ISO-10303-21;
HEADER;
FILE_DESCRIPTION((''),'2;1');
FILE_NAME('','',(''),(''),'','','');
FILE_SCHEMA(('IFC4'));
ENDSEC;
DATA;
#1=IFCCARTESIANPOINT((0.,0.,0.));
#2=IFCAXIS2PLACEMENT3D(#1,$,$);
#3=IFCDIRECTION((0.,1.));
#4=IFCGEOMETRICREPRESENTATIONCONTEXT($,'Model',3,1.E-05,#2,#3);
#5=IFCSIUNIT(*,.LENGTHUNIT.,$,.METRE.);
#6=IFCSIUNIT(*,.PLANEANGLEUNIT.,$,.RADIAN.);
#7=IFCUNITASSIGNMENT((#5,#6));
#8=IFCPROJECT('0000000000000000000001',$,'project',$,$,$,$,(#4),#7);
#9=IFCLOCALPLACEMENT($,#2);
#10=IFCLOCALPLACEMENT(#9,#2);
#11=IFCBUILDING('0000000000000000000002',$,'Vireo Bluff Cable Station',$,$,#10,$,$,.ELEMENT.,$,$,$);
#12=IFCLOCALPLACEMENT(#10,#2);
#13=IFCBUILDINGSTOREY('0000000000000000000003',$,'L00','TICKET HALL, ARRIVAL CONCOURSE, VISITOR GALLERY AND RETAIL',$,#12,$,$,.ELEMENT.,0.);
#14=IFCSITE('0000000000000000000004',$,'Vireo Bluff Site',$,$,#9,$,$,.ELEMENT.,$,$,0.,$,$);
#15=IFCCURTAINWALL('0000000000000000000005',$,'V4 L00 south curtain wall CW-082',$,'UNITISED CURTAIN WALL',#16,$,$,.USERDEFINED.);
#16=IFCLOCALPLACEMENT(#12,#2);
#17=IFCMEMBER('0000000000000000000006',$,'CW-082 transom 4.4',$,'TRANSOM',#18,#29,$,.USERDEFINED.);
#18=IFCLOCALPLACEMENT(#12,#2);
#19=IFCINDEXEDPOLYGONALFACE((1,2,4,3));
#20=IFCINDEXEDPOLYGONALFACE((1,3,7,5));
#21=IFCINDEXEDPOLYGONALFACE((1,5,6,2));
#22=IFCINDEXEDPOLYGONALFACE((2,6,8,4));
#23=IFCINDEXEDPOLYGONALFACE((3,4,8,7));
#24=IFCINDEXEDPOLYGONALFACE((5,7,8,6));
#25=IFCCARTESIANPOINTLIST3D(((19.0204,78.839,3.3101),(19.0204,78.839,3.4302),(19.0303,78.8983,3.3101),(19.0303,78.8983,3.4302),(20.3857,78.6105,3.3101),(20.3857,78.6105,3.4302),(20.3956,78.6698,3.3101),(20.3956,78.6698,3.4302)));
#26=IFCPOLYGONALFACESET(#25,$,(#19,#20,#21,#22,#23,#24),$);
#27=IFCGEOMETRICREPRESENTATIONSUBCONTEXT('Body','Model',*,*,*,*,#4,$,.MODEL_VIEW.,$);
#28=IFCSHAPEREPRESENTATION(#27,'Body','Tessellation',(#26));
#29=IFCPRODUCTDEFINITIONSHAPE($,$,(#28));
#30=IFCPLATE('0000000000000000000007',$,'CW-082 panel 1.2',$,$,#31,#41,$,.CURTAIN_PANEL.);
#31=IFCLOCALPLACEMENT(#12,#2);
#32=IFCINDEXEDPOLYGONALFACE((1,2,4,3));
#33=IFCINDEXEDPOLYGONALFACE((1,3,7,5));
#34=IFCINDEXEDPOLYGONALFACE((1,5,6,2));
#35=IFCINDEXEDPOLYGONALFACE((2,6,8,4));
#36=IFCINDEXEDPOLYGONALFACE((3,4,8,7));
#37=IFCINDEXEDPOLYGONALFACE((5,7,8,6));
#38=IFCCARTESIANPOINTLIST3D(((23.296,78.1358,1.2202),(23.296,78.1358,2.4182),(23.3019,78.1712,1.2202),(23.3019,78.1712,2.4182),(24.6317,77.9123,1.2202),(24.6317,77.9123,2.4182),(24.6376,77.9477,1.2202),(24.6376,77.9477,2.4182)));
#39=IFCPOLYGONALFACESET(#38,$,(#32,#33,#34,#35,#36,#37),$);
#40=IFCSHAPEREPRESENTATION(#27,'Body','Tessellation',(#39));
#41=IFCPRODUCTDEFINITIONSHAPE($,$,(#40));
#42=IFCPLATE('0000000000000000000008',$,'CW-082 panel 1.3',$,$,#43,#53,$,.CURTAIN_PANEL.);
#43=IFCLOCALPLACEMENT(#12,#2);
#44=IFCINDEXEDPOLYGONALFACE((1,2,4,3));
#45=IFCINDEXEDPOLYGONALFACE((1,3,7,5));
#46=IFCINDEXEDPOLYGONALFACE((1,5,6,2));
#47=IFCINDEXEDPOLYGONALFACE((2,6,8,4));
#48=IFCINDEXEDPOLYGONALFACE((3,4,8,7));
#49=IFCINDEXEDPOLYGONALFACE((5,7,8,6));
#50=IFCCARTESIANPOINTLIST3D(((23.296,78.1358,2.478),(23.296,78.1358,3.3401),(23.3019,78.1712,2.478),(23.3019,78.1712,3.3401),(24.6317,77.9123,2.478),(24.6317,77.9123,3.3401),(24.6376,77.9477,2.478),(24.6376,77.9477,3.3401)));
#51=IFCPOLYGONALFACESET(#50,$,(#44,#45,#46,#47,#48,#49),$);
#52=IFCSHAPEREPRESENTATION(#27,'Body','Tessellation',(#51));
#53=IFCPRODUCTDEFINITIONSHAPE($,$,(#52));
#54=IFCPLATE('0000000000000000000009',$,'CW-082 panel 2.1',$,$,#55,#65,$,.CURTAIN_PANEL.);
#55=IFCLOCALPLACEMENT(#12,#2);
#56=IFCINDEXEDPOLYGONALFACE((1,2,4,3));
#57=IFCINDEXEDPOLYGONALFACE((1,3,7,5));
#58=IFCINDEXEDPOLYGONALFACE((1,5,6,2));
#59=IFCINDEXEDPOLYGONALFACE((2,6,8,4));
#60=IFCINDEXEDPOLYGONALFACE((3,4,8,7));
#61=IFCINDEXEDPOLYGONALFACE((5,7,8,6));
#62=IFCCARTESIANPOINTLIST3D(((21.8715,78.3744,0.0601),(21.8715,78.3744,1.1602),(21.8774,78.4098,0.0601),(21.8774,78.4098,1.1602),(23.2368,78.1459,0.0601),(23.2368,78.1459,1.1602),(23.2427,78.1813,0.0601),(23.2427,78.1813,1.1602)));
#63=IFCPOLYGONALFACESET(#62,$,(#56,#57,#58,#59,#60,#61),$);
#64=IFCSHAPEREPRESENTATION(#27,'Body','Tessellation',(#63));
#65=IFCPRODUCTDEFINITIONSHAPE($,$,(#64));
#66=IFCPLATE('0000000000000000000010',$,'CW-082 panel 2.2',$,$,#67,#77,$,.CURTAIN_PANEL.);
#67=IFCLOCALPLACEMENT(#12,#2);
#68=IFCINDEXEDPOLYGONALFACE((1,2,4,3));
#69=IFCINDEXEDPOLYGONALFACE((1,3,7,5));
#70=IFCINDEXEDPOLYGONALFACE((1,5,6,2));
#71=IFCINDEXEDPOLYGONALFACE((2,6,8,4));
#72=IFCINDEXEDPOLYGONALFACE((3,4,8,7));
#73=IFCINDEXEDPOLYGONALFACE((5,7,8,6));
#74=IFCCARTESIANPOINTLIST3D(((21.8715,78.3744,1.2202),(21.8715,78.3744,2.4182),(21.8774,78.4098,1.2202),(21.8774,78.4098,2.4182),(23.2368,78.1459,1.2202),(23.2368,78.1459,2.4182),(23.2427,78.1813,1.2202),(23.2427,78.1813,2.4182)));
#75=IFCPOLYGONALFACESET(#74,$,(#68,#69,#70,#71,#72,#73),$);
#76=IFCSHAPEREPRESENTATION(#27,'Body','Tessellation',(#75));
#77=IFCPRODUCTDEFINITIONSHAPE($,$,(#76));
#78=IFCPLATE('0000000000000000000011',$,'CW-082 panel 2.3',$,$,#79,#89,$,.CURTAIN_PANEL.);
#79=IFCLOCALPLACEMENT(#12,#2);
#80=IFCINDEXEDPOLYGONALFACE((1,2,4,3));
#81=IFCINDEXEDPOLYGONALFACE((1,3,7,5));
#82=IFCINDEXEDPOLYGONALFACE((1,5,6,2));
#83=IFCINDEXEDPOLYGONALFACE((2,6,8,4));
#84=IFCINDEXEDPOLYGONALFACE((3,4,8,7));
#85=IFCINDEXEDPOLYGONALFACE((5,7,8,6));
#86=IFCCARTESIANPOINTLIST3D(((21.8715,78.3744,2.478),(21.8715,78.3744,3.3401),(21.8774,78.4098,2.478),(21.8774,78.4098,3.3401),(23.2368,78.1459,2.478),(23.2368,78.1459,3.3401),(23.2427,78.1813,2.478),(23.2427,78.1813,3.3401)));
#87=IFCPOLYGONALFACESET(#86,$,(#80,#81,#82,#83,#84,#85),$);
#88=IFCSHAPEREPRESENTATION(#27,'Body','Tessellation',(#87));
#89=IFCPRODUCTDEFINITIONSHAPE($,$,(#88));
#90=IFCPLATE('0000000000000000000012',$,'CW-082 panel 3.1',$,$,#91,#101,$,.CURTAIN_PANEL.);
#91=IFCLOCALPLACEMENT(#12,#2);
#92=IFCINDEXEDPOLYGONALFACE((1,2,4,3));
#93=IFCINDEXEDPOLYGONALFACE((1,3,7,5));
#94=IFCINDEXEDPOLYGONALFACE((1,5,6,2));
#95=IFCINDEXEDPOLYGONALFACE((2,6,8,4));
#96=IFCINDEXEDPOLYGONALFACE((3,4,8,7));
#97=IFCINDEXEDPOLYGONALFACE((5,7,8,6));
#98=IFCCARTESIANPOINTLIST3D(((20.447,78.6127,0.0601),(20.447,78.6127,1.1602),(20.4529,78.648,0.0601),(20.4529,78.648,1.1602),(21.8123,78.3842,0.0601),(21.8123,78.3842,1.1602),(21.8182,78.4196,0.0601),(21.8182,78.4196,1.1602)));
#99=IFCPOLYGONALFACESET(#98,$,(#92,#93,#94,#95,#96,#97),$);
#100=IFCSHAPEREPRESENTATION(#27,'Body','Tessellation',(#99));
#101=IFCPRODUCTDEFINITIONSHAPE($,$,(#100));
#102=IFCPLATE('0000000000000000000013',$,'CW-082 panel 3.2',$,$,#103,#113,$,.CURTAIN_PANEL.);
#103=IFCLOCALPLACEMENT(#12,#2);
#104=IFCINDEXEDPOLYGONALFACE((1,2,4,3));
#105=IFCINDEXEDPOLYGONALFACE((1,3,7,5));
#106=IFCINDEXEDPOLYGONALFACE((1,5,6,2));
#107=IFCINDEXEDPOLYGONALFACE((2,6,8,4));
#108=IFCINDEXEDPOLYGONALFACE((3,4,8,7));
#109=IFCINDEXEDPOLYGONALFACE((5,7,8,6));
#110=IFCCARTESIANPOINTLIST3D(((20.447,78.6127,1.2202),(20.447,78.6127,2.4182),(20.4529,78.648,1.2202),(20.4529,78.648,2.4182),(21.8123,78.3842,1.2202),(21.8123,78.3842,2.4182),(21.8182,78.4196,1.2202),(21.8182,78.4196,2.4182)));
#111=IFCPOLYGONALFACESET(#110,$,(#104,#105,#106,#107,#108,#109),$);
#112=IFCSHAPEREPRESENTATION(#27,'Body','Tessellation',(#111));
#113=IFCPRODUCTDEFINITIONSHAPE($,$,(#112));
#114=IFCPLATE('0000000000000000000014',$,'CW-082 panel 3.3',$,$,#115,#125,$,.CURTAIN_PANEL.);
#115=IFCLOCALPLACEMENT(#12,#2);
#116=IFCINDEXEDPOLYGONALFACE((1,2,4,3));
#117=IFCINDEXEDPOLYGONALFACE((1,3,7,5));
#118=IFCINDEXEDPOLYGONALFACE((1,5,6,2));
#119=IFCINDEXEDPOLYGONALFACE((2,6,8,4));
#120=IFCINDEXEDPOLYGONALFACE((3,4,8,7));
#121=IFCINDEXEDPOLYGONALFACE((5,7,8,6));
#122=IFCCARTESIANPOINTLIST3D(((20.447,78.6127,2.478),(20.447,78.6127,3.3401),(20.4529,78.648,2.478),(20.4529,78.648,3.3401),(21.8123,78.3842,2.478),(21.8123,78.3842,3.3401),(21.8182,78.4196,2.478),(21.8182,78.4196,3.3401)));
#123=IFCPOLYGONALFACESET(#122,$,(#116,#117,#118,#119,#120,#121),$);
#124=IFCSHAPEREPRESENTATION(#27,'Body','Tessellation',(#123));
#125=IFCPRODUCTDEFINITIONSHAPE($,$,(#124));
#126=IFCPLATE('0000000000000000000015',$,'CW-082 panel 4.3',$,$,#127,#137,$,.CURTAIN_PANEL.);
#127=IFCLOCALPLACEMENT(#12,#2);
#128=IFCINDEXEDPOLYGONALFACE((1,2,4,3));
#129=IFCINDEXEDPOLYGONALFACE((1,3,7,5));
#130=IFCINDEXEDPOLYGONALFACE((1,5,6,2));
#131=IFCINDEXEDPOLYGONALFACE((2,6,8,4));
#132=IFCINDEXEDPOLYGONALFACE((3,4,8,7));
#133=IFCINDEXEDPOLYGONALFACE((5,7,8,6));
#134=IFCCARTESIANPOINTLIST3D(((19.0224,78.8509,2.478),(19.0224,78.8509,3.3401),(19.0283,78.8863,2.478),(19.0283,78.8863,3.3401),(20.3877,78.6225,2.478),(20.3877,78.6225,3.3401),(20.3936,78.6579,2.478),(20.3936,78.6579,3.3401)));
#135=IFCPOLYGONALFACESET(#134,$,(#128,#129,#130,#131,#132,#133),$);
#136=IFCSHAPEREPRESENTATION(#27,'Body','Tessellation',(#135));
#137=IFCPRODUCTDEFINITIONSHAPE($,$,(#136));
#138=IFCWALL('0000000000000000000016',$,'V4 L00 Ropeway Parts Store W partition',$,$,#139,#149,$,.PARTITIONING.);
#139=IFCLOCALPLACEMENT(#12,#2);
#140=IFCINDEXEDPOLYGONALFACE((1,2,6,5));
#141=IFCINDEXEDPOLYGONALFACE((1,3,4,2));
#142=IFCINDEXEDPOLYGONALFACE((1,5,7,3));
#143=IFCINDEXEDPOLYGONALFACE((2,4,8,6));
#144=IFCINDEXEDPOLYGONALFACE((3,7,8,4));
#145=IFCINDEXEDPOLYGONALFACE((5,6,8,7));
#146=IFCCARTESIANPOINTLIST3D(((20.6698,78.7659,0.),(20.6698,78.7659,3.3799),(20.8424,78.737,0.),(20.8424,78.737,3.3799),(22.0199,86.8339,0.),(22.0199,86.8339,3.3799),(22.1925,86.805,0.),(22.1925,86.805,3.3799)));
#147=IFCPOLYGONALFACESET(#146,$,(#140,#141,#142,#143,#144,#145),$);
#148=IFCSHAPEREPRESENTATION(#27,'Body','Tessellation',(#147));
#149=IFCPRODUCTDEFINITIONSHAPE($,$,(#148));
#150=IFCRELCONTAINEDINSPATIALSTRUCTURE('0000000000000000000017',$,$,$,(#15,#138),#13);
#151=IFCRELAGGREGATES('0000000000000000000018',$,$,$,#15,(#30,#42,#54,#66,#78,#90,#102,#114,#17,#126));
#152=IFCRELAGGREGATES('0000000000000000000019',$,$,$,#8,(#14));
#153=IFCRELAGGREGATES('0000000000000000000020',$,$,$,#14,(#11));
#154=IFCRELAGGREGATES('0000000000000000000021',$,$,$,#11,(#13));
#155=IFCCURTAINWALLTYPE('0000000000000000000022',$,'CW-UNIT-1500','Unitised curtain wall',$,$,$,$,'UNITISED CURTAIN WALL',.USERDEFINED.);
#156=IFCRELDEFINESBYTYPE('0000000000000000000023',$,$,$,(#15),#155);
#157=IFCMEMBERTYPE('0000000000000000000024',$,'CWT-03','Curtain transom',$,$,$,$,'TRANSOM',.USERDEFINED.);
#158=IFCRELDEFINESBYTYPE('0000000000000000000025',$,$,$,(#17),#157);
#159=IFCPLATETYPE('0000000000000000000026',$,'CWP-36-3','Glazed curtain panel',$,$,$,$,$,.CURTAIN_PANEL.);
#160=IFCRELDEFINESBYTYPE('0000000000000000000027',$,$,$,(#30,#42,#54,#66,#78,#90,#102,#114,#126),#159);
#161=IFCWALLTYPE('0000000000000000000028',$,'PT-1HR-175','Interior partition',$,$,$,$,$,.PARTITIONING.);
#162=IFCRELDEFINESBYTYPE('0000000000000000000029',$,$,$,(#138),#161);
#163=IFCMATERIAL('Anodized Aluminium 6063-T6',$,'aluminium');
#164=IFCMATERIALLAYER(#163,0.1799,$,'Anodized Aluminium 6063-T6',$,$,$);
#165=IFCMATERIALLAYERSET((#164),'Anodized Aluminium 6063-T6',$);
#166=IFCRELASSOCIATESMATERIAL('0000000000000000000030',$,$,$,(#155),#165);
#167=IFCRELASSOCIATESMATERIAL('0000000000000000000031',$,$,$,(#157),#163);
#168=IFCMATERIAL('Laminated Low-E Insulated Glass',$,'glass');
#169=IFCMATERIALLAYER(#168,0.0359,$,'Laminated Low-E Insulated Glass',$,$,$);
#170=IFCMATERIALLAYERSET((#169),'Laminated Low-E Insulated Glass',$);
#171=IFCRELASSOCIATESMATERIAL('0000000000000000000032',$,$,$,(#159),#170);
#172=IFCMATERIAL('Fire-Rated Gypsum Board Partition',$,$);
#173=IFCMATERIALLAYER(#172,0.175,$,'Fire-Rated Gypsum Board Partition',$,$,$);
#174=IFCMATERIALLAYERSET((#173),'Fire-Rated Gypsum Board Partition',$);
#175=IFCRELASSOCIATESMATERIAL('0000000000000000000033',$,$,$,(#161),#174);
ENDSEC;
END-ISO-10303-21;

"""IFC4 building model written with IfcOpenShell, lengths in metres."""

from ifc_helpers import new_model, si_unit, direction, frame, frame_2d, origin, origin_2d, place, context, subcontext, project, spatial, rectangle, extrude, material, layer, layer_set, material_profile, profile_set, type_object, element, aggregate, save


model = new_model("IFC4")

# Units and contexts
model_context = context("Model", 3, precision=1e-05, world=origin(), true_north=direction((0.0, 1.0)))
body_context = subcontext(model_context, "Body", "Model", "MODEL_VIEW")
ifc_project = project(units=[si_unit("LENGTHUNIT", "METRE"), si_unit("PLANEANGLEUNIT", "RADIAN")], contexts=[model_context])

# Site, building, storey
site_placement = place(None, origin())
site = spatial("IfcSite", under=ifc_project, at=site_placement, Name="Vireo Bluff Site", CompositionType="ELEMENT", RefElevation=0.0)
building_placement = place(site_placement, origin())
building = spatial("IfcBuilding", under=site, at=building_placement, Name="Vireo Bluff Cable Station", CompositionType="ELEMENT")
storey_placement = place(building_placement, origin())
storey = spatial("IfcBuildingStorey", under=building, at=storey_placement, Name="L00", Description="TICKET HALL, ARRIVAL CONCOURSE, VISITOR GALLERY AND RETAIL", CompositionType="ELEMENT", Elevation=0.0)

# Curtain wall, member, plates
ifc_material_1 = material(Name="Anodized Aluminium 6063-T6", Category="aluminium")
ifc_layer_1 = layer(ifc_material_1, 0.1799, Name="Anodized Aluminium 6063-T6")
ifc_layer_set_1 = layer_set([ifc_layer_1], Name="Anodized Aluminium 6063-T6")
curtain_wall_type = type_object("IfcCurtainWallType", Name="CW-UNIT-1500", Description="Unitised curtain wall", ElementType="UNITISED CURTAIN WALL", PredefinedType="USERDEFINED", material=ifc_layer_set_1)
curtain_wall_placement = place(storey_placement, origin())
curtain_wall = element("IfcCurtainWall", 1, at=curtain_wall_placement, inside=storey, type_object=curtain_wall_type, Name="V4 L00 south curtain wall CW-082", ObjectType="UNITISED CURTAIN WALL", PredefinedType="USERDEFINED")
ifc_material_profile_1 = material_profile(ifc_material_1, rectangle(XDim=0.0601, YDim=0.1201, at=origin_2d()), Name="ALU-T-60X120")
ifc_profile_set_1 = profile_set([ifc_material_profile_1], Name="Anodized Aluminium 6063-T6")
member_type_1 = type_object("IfcMemberType", Name="CWT-03", Description="Curtain transom", ElementType="TRANSOM", PredefinedType="USERDEFINED", material=ifc_profile_set_1)
member_1_placement = place(storey_placement, frame((20.3906, 78.6401, 3.3701), z_axis=(-0.986279, 0.165085, 0.0), x_axis=(-0.165085, -0.986279, 0.0)))
member_1 = element("IfcMember", 2, at=member_1_placement, type_object=member_type_1, Name="CW-082 transom 4.4", ObjectType="TRANSOM", PredefinedType="USERDEFINED", context=body_context, shape_type="SweptSolid", body=[
    extrude(rectangle(XDim=0.0601, YDim=0.1201, at=origin_2d()), origin(), (0.0, 0.0, 1.0), 1.3843),
])
ifc_material_2 = material(Name="Laminated Low-E Insulated Glass", Category="glass")
ifc_layer_2 = layer(ifc_material_2, 0.0359, Name="Laminated Low-E Insulated Glass")
ifc_layer_set_2 = layer_set([ifc_layer_2], Name="Laminated Low-E Insulated Glass")
plate_type = type_object("IfcPlateType", Name="CWP-36-3", Description="Glazed curtain panel", PredefinedType="CURTAIN_PANEL", material=ifc_layer_set_2)
plate_1_placement = place(storey_placement, frame((23.9668, 78.0417, 1.2202), z_axis=(0.0, 0.0, 1.0), x_axis=(-0.986286, 0.165048, 0.0)))
plate_1 = element("IfcPlate", 3, at=plate_1_placement, type_object=plate_type, Name="CW-082 panel 1.2", PredefinedType="CURTAIN_PANEL", context=body_context, shape_type="SweptSolid", body=[
    extrude(rectangle(XDim=1.3542, YDim=0.0359, at=origin_2d()), origin(), (0.0, 0.0, 1.0), 1.198),
])
plate_2_placement = place(storey_placement, frame((23.9668, 78.0417, 2.478), z_axis=(0.0, 0.0, 1.0), x_axis=(-0.986286, 0.165048, 0.0)))
plate_2 = element("IfcPlate", 4, at=plate_2_placement, type_object=plate_type, Name="CW-082 panel 1.3", PredefinedType="CURTAIN_PANEL", context=body_context, shape_type="SweptSolid", body=[
    extrude(rectangle(XDim=1.3542, YDim=0.0359, at=origin_2d()), origin(), (0.0, 0.0, 1.0), 0.8621),
])
plate_3_placement = place(storey_placement, frame((22.5571, 78.2778, 0.0601), z_axis=(0.0, 0.0, 1.0), x_axis=(-0.986286, 0.165048, 0.0)))
plate_3 = element("IfcPlate", 5, at=plate_3_placement, type_object=plate_type, Name="CW-082 panel 2.1", PredefinedType="CURTAIN_PANEL", context=body_context, shape_type="SweptSolid", body=[
    extrude(rectangle(XDim=1.3843, YDim=0.0359, at=origin_2d()), origin(), (0.0, 0.0, 1.0), 1.1001),
])
plate_4_placement = place(storey_placement, frame((22.5571, 78.2778, 1.2202), z_axis=(0.0, 0.0, 1.0), x_axis=(-0.986286, 0.165048, 0.0)))
plate_4 = element("IfcPlate", 6, at=plate_4_placement, type_object=plate_type, Name="CW-082 panel 2.2", PredefinedType="CURTAIN_PANEL", context=body_context, shape_type="SweptSolid", body=[
    extrude(rectangle(XDim=1.3843, YDim=0.0359, at=origin_2d()), origin(), (0.0, 0.0, 1.0), 1.198),
])
plate_5_placement = place(storey_placement, frame((22.5571, 78.2778, 2.478), z_axis=(0.0, 0.0, 1.0), x_axis=(-0.986286, 0.165048, 0.0)))
plate_5 = element("IfcPlate", 7, at=plate_5_placement, type_object=plate_type, Name="CW-082 panel 2.3", PredefinedType="CURTAIN_PANEL", context=body_context, shape_type="SweptSolid", body=[
    extrude(rectangle(XDim=1.3843, YDim=0.0359, at=origin_2d()), origin(), (0.0, 0.0, 1.0), 0.8621),
])
plate_6_placement = place(storey_placement, frame((21.1326, 78.5161, 0.0601), z_axis=(0.0, 0.0, 1.0), x_axis=(-0.986286, 0.165048, 0.0)))
plate_6 = element("IfcPlate", 8, at=plate_6_placement, type_object=plate_type, Name="CW-082 panel 3.1", PredefinedType="CURTAIN_PANEL", context=body_context, shape_type="SweptSolid", body=[
    extrude(rectangle(XDim=1.3843, YDim=0.0359, at=origin_2d()), origin(), (0.0, 0.0, 1.0), 1.1001),
])
plate_7_placement = place(storey_placement, frame((21.1326, 78.5161, 1.2202), z_axis=(0.0, 0.0, 1.0), x_axis=(-0.986286, 0.165048, 0.0)))
plate_7 = element("IfcPlate", 9, at=plate_7_placement, type_object=plate_type, Name="CW-082 panel 3.2", PredefinedType="CURTAIN_PANEL", context=body_context, shape_type="SweptSolid", body=[
    extrude(rectangle(XDim=1.3843, YDim=0.0359, at=origin_2d()), origin(), (0.0, 0.0, 1.0), 1.198),
])
plate_8_placement = place(storey_placement, frame((21.1326, 78.5161, 2.478), z_axis=(0.0, 0.0, 1.0), x_axis=(-0.986286, 0.165048, 0.0)))
plate_8 = element("IfcPlate", 10, at=plate_8_placement, type_object=plate_type, Name="CW-082 panel 3.3", PredefinedType="CURTAIN_PANEL", context=body_context, shape_type="SweptSolid", body=[
    extrude(rectangle(XDim=1.3843, YDim=0.0359, at=origin_2d()), origin(), (0.0, 0.0, 1.0), 0.8621),
])
plate_9_placement = place(storey_placement, frame((19.708, 78.7544, 2.478), z_axis=(0.0, 0.0, 1.0), x_axis=(-0.986286, 0.165048, 0.0)))
plate_9 = element("IfcPlate", 11, at=plate_9_placement, type_object=plate_type, Name="CW-082 panel 4.3", PredefinedType="CURTAIN_PANEL", context=body_context, shape_type="SweptSolid", body=[
    extrude(rectangle(XDim=1.3843, YDim=0.0359, at=origin_2d()), origin(), (0.0, 0.0, 1.0), 0.8621),
])
aggregate(curtain_wall, [plate_1, plate_2, plate_3, plate_4, plate_5, plate_6, plate_7, plate_8, member_1, plate_9])

# Wall
ifc_material_3 = material(Name="Fire-Rated Gypsum Board Partition")
ifc_layer_3 = layer(ifc_material_3, 0.175, Name="Fire-Rated Gypsum Board Partition")
ifc_layer_set_3 = layer_set([ifc_layer_3], Name="Fire-Rated Gypsum Board Partition")
wall_type = type_object("IfcWallType", Name="PT-1HR-175", Description="Interior partition", PredefinedType="PARTITIONING", material=ifc_layer_set_3)
wall_placement = place(storey_placement, frame((20.7561, 78.7515, 0.0), z_axis=(0.0, 0.0, 1.0), x_axis=(0.165047, 0.986286, 0.0)))
element("IfcWall", 12, at=wall_placement, inside=storey, type_object=wall_type, Name="V4 L00 Ropeway Parts Store W partition", PredefinedType="PARTITIONING", context=body_context, shape_type="SweptSolid", body=[
    extrude(rectangle(XDim=8.1802, YDim=0.175, at=frame_2d((4.0901, 0.0))), origin(), (0.0, 0.0, 1.0), 3.3799),
])

save(model, "model.ifc")
